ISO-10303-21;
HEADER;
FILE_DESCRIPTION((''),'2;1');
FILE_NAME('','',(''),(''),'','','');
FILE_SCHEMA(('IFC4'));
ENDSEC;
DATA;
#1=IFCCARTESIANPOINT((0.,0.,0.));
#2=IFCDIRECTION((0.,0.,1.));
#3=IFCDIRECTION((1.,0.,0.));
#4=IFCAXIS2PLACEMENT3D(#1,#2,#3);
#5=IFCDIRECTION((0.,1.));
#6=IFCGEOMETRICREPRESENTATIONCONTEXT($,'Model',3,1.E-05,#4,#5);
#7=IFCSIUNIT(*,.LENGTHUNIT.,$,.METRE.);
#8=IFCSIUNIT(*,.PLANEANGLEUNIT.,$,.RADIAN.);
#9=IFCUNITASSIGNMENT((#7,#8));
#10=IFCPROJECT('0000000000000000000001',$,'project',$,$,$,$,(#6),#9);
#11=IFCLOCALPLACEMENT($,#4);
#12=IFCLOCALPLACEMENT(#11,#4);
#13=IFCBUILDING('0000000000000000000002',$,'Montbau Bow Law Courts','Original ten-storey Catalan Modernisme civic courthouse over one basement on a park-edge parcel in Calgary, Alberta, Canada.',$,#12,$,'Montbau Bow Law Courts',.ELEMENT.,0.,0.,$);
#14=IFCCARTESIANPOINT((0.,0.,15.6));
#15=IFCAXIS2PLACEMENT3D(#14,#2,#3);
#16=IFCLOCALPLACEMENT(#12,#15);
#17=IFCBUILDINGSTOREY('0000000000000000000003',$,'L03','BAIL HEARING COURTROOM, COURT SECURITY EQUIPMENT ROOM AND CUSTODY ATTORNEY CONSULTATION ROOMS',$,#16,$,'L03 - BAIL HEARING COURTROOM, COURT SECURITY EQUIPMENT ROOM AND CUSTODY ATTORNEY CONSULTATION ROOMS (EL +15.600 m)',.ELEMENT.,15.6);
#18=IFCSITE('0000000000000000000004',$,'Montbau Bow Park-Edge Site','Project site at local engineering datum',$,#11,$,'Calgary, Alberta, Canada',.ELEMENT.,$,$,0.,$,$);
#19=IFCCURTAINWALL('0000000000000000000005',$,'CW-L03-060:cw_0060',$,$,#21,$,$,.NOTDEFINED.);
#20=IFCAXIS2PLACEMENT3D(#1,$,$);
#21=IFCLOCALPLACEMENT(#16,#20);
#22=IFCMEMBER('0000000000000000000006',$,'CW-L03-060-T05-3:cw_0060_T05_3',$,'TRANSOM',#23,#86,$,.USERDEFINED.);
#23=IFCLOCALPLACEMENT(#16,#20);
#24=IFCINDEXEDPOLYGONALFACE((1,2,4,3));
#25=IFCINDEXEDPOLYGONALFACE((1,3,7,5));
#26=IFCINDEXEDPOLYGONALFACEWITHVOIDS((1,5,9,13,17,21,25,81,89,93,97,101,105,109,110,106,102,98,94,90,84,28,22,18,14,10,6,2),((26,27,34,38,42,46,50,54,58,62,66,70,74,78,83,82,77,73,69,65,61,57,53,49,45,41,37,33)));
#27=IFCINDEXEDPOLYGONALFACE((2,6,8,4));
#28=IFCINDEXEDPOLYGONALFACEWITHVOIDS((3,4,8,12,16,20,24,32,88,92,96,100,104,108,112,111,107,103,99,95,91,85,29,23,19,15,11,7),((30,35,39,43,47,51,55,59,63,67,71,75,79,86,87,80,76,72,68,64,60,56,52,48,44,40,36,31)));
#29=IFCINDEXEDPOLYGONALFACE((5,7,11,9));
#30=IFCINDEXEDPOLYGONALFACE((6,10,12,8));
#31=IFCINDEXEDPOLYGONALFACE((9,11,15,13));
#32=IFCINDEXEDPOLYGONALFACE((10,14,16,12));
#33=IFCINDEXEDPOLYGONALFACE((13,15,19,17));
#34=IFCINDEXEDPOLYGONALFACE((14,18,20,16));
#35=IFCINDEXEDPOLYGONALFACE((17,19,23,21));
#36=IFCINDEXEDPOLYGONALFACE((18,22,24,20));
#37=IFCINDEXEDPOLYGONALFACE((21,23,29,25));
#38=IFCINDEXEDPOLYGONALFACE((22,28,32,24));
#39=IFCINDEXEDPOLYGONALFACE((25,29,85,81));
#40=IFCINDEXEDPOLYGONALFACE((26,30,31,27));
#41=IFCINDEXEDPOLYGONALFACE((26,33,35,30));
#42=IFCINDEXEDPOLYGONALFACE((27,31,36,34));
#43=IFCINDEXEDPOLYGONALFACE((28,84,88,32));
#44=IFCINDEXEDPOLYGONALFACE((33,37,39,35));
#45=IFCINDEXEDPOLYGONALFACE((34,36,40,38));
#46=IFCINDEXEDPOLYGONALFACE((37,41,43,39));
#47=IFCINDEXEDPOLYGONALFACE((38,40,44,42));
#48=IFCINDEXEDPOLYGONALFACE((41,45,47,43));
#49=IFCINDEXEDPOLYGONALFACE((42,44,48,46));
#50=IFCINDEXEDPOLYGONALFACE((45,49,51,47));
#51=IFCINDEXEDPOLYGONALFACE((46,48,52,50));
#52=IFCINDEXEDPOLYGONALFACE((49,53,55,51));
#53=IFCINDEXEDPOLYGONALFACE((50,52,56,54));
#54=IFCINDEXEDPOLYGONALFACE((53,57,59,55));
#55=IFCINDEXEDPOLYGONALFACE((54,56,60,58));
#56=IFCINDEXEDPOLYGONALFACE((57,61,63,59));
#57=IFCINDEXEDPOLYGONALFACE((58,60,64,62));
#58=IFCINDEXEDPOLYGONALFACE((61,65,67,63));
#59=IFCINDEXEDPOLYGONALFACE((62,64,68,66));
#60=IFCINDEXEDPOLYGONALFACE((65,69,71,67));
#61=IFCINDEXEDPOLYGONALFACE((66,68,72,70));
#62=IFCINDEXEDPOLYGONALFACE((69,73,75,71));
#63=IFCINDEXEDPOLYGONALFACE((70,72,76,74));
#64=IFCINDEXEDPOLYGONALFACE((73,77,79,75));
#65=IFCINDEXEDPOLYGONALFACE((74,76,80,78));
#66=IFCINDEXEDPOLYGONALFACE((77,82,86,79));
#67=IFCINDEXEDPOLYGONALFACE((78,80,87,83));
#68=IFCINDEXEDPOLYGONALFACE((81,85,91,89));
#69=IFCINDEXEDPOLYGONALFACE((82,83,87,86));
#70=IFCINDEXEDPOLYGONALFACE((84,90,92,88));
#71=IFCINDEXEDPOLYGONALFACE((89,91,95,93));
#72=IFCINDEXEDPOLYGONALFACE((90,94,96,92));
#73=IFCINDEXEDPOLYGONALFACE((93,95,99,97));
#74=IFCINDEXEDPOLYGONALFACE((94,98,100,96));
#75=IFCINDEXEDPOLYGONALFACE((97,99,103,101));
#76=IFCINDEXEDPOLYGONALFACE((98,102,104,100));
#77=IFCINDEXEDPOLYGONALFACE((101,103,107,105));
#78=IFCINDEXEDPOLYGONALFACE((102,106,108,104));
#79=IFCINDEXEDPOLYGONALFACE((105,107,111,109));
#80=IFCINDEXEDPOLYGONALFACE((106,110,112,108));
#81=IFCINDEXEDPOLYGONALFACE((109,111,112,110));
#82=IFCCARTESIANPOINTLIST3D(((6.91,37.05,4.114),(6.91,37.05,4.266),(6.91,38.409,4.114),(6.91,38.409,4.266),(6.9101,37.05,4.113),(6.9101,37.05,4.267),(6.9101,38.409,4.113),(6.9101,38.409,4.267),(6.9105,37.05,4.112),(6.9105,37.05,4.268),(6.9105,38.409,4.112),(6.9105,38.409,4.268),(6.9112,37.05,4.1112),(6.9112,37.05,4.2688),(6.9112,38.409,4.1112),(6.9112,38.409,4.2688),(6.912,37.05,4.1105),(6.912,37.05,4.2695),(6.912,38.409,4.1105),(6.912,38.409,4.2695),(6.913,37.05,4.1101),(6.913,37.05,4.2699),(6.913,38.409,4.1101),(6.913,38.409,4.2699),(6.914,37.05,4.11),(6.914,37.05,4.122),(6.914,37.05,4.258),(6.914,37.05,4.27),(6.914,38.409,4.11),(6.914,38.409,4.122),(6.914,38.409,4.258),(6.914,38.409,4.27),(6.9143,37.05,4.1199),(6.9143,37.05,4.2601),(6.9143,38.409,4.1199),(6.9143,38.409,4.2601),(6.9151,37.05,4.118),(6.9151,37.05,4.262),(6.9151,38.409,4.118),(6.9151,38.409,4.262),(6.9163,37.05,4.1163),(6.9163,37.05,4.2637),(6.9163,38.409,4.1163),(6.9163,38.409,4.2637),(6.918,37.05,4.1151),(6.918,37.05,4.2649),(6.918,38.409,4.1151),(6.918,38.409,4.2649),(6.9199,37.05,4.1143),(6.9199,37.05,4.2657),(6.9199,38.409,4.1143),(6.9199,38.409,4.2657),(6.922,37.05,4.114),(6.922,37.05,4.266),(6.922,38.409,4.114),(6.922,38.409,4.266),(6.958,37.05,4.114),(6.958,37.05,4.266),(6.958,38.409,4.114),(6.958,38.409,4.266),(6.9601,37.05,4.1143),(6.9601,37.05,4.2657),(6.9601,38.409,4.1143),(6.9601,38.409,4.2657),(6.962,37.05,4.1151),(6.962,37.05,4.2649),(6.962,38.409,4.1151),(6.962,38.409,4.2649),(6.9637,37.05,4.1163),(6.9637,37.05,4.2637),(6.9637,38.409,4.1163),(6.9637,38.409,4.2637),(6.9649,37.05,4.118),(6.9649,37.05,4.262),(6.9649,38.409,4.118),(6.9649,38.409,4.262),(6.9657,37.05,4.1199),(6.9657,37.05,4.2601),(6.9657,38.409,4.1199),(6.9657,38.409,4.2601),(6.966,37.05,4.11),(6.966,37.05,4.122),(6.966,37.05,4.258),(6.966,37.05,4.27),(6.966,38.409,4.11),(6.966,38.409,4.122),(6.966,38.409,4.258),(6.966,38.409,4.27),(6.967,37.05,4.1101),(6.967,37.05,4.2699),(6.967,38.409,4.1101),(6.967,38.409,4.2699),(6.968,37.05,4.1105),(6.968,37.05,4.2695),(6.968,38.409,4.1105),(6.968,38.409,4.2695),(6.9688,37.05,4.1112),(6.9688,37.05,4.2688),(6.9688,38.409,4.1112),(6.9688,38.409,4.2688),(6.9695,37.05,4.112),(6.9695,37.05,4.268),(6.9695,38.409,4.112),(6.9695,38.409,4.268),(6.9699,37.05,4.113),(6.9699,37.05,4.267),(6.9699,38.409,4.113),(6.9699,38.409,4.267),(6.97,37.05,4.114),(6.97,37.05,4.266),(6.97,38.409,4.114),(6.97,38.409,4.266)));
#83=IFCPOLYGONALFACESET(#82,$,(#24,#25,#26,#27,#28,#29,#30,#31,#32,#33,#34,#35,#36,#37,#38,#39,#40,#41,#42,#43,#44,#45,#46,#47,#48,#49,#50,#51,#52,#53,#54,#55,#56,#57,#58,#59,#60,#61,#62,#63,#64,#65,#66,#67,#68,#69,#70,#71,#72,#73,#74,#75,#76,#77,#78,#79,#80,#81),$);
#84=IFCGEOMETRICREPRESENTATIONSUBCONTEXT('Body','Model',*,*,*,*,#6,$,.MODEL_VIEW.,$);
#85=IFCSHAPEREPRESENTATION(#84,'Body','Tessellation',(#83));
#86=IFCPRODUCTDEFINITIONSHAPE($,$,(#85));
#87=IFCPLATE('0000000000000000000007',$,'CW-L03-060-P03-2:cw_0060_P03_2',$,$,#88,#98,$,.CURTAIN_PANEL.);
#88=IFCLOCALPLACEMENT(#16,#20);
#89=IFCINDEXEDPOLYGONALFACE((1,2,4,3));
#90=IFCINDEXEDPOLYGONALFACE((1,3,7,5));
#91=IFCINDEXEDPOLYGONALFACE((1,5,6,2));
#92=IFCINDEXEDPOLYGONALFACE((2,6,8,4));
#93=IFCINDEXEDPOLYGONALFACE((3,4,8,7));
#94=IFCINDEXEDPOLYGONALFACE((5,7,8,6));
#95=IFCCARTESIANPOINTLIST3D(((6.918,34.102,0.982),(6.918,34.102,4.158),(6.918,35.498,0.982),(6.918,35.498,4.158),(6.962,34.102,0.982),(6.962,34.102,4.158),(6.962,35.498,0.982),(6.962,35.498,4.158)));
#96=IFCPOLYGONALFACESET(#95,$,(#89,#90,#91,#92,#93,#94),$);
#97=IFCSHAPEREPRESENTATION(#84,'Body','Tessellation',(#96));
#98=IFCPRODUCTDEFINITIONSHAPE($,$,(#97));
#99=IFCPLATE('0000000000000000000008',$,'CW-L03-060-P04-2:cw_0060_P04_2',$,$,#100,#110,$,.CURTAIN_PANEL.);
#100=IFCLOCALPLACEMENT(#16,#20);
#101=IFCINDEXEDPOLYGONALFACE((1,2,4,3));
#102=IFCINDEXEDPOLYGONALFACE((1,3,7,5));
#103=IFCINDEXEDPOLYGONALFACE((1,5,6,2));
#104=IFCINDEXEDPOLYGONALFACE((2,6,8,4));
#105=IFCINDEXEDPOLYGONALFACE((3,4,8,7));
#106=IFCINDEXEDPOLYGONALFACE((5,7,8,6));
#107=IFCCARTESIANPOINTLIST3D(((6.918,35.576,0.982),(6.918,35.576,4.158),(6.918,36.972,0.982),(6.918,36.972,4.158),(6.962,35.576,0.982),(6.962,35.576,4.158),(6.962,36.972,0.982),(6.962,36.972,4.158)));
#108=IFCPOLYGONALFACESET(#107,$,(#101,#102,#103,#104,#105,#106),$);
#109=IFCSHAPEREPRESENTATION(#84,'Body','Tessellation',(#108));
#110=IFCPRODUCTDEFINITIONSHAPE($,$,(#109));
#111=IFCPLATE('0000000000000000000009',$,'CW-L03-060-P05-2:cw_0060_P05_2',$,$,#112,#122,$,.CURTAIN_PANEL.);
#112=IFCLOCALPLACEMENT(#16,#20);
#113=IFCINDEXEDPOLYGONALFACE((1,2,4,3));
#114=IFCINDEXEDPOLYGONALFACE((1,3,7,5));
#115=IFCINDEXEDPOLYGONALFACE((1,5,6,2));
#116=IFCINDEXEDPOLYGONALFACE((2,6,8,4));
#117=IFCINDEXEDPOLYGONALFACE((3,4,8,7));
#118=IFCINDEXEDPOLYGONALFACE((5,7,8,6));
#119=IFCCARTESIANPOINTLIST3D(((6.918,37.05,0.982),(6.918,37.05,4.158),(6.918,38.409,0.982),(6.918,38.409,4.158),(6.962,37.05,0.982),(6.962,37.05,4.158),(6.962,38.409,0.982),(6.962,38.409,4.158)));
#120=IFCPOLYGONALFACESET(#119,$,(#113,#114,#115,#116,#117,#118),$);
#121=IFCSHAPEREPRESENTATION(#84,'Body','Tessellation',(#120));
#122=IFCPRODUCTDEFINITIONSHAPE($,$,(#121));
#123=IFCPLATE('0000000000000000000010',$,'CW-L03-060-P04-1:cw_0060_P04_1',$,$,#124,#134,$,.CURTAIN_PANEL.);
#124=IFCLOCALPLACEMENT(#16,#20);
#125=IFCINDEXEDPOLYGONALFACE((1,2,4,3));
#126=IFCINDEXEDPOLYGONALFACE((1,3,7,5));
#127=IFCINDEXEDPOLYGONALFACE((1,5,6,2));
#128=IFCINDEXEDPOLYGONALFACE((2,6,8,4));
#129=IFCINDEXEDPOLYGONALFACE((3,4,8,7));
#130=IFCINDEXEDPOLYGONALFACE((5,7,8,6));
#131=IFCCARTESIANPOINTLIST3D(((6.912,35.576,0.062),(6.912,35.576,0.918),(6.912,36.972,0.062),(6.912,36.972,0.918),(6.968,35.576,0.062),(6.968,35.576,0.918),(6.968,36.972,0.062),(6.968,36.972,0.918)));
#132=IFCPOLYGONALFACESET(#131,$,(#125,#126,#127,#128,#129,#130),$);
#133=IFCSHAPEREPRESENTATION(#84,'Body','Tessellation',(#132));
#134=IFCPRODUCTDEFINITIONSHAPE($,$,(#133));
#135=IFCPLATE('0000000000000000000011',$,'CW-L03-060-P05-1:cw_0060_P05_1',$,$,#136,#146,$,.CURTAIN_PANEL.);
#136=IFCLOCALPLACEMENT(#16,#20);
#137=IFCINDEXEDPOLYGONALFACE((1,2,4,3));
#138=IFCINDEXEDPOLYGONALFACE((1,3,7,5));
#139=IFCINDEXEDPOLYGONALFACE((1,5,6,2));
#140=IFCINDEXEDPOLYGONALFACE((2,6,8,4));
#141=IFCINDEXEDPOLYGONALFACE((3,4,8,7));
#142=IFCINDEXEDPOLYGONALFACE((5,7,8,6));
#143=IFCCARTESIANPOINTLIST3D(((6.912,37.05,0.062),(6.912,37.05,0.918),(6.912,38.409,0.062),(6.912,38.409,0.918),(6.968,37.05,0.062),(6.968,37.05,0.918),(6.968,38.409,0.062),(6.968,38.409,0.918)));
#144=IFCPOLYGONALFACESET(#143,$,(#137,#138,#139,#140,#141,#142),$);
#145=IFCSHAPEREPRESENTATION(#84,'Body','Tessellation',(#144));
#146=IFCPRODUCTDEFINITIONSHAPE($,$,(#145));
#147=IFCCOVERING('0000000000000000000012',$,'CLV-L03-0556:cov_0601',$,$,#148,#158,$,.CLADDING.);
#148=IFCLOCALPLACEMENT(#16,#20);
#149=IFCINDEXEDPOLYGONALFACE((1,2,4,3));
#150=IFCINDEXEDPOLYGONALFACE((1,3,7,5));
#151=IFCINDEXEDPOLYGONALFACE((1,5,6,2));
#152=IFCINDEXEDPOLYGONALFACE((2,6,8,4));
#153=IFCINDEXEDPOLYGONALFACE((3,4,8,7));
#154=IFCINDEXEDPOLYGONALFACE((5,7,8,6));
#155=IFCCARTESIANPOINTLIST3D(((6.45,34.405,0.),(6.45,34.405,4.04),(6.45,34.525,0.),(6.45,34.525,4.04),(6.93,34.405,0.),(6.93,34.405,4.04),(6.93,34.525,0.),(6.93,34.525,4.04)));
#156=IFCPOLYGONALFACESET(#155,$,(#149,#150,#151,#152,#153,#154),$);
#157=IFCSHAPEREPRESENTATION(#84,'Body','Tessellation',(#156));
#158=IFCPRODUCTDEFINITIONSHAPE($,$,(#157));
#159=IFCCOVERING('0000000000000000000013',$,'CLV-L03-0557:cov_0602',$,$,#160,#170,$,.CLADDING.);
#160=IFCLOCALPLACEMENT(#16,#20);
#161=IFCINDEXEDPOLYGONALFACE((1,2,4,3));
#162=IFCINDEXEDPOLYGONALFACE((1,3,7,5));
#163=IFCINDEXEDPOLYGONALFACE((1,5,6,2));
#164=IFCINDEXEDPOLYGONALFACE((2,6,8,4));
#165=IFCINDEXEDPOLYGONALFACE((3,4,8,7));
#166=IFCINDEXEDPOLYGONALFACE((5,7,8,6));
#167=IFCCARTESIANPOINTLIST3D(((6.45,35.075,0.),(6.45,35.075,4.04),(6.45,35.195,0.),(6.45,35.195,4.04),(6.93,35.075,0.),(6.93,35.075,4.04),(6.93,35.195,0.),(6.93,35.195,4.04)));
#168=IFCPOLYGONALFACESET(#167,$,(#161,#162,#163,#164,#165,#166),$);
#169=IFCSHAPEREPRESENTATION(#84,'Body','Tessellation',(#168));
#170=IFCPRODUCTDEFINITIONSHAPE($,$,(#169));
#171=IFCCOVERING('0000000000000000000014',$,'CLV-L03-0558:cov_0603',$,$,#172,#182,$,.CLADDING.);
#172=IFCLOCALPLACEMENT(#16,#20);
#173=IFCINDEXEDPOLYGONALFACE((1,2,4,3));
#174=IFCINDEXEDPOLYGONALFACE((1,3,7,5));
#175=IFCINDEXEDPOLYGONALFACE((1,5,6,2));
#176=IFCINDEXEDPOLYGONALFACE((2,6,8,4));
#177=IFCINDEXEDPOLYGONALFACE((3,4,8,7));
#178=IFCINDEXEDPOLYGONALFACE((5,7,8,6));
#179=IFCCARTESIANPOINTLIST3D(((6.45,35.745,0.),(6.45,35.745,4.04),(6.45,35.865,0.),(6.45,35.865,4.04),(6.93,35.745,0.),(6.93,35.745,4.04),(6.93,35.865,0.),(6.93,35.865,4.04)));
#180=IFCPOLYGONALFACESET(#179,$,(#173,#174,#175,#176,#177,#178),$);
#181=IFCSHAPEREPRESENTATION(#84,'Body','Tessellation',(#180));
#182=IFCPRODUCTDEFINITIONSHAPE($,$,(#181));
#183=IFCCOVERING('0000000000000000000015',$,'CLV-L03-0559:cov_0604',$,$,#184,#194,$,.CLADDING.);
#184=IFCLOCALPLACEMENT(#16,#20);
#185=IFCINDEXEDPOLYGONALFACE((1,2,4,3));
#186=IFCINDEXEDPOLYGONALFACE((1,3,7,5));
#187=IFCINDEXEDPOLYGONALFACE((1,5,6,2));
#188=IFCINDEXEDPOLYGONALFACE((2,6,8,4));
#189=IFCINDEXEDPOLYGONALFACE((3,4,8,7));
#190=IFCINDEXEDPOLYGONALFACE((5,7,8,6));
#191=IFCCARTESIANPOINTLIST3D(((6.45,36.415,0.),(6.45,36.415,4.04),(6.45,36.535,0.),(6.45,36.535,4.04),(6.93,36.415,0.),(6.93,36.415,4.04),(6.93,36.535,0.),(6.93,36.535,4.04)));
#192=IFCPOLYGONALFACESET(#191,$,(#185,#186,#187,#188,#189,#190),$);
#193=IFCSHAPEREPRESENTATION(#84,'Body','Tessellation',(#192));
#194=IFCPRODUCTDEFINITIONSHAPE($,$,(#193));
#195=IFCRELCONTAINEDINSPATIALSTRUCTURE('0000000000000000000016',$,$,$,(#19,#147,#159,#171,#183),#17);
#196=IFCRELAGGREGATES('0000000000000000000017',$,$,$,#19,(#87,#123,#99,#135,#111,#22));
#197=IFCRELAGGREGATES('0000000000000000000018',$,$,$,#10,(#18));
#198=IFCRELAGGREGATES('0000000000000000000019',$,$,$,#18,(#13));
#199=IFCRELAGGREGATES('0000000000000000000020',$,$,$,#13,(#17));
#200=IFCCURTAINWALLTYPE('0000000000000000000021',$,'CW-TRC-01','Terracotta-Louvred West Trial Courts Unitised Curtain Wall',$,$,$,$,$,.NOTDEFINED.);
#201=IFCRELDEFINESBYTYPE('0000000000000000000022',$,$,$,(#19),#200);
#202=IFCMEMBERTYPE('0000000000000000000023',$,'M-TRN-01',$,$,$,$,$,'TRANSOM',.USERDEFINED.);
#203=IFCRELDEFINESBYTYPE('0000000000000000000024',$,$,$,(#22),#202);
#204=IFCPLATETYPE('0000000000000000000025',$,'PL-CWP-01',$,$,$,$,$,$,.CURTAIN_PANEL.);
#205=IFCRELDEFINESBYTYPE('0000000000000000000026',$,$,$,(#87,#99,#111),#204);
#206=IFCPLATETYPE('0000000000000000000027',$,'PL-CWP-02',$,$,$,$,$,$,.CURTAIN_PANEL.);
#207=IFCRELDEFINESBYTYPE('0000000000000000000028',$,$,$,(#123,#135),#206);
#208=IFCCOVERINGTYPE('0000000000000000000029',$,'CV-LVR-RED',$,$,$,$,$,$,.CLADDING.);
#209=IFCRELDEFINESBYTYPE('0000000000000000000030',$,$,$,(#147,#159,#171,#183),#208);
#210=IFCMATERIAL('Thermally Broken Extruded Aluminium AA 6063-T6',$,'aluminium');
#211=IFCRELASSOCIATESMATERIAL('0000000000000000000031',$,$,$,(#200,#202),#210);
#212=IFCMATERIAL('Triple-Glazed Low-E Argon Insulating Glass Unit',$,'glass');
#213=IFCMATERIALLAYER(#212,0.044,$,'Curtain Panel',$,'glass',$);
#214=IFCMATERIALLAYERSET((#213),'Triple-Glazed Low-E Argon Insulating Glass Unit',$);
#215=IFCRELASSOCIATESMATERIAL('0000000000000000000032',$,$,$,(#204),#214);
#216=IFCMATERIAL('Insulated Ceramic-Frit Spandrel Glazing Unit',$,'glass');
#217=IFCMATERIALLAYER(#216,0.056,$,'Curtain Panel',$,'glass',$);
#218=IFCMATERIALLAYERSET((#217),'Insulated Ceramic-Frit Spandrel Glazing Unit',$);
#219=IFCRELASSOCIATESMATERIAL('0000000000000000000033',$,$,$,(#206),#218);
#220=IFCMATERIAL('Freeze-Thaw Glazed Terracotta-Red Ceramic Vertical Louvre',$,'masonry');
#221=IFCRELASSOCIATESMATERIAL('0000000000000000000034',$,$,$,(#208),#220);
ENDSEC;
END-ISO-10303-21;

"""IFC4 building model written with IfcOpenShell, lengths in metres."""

from ifc_helpers import new_model, si_unit, direction, frame, frame_2d, origin_with_axes, origin_2d_with_axis, place, context, subcontext, project, spatial, rectangle, hollow_rectangle, extrude, material, layer, layer_set, material_profile, profile_set, type_object, element, aggregate, save


model = new_model("IFC4")

# Units and contexts
model_context = context("Model", 3, precision=1e-05, world=origin_with_axes(), true_north=direction((0.0, 1.0)))
body_context = subcontext(model_context, "Body", "Model", "MODEL_VIEW")
ifc_project = project(units=[si_unit("LENGTHUNIT", "METRE"), si_unit("PLANEANGLEUNIT", "RADIAN")], contexts=[model_context])

# Site, building, storey
site_placement = place(None, origin_with_axes())
site = spatial("IfcSite", under=ifc_project, at=site_placement, Name="Montbau Bow Park-Edge Site", Description="Project site at local engineering datum", LongName="Calgary, Alberta, Canada", CompositionType="ELEMENT", RefElevation=0.0)
building_placement = place(site_placement, origin_with_axes())
building = spatial("IfcBuilding", under=site, at=building_placement, Name="Montbau Bow Law Courts", Description="Original ten-storey Catalan Modernisme civic courthouse over one basement on a park-edge parcel in Calgary, Alberta, Canada.", LongName="Montbau Bow Law Courts", CompositionType="ELEMENT", ElevationOfRefHeight=0.0, ElevationOfTerrain=0.0)
storey_placement = place(building_placement, frame((0.0, 0.0, 15.6), z_axis=(0.0, 0.0, 1.0), x_axis=(1.0, 0.0, 0.0)))
storey = spatial("IfcBuildingStorey", under=building, at=storey_placement, Name="L03", Description="BAIL HEARING COURTROOM, COURT SECURITY EQUIPMENT ROOM AND CUSTODY ATTORNEY CONSULTATION ROOMS", LongName="L03 - BAIL HEARING COURTROOM, COURT SECURITY EQUIPMENT ROOM AND CUSTODY ATTORNEY CONSULTATION ROOMS (EL +15.600 m)", CompositionType="ELEMENT", Elevation=15.6)

# Curtain wall, member, plates
ifc_material_1 = material(Name="Thermally Broken Extruded Aluminium AA 6063-T6", Category="aluminium")
curtain_wall_type = type_object("IfcCurtainWallType", Name="CW-TRC-01", Description="Terracotta-Louvred West Trial Courts Unitised Curtain Wall", PredefinedType="NOTDEFINED", material=ifc_material_1)
curtain_wall_placement = place(None, frame((6.94, 31.115, 15.6), z_axis=(0.0, 0.0, 1.0), x_axis=(1.0, 0.0, 0.0)))
curtain_wall = element("IfcCurtainWall", 1, at=curtain_wall_placement, inside=storey, type_object=curtain_wall_type, Name="CW-L03-060:cw_0060", PredefinedType="NOTDEFINED")
ifc_material_profile_1 = material_profile(ifc_material_1, hollow_rectangle(XDim=0.06, YDim=0.16, WallThickness=0.004, InnerFilletRadius=0.008, OuterFilletRadius=0.004, at=origin_2d_with_axis()), Name="CWT-160X60", Category="Main", Priority=0)
ifc_profile_set_1 = profile_set([ifc_material_profile_1], Name="Thermally Broken Extruded Aluminium AA 6063-T6")
member_type_1 = type_object("IfcMemberType", Name="M-TRN-01", ElementType="TRANSOM", PredefinedType="USERDEFINED", material=ifc_profile_set_1)
member_1_placement = place(None, frame((6.94, 37.05, 19.79), z_axis=(0.0, 1.0, 0.0), x_axis=(-1.0, 0.0, 0.0)))
member_1 = element("IfcMember", 2, at=member_1_placement, type_object=member_type_1, Name="CW-L03-060-T05-3:cw_0060_T05_3", ObjectType="TRANSOM", PredefinedType="USERDEFINED", context=body_context, shape_type="SweptSolid", body=[
    extrude(hollow_rectangle(XDim=0.06, YDim=0.16, WallThickness=0.004, InnerFilletRadius=0.008, OuterFilletRadius=0.004, at=origin_2d_with_axis()), origin_with_axes(), (0.0, 0.0, 1.0), 1.359),
])
ifc_material_2 = material(Name="Triple-Glazed Low-E Argon Insulating Glass Unit", Category="glass")
ifc_layer_1 = layer(ifc_material_2, 0.044, Name="Curtain Panel", Category="glass")
ifc_layer_set_1 = layer_set([ifc_layer_1], Name="Triple-Glazed Low-E Argon Insulating Glass Unit")
plate_type_1 = type_object("IfcPlateType", Name="PL-CWP-01", PredefinedType="CURTAIN_PANEL", material=ifc_layer_set_1)
plate_1_placement = place(None, frame((6.94, 34.102, 16.582), z_axis=(1.0, 0.0, 0.0), x_axis=(0.0, 1.0, 0.0)))
plate_1 = element("IfcPlate", 3, at=plate_1_placement, type_object=plate_type_1, Name="CW-L03-060-P03-2:cw_0060_P03_2", PredefinedType="CURTAIN_PANEL", context=body_context, shape_type="SweptSolid", body=[
    extrude(rectangle(XDim=1.396, YDim=3.176, at=frame_2d((0.698, 1.588), x_axis=(1.0, 0.0))), frame((0.0, 0.0, -0.022), z_axis=(0.0, 0.0, 1.0), x_axis=(1.0, 0.0, 0.0)), (0.0, 0.0, 1.0), 0.044),
])
plate_2_placement = place(None, frame((6.94, 35.576, 16.582), z_axis=(1.0, 0.0, 0.0), x_axis=(0.0, 1.0, 0.0)))
plate_2 = element("IfcPlate", 4, at=plate_2_placement, type_object=plate_type_1, Name="CW-L03-060-P04-2:cw_0060_P04_2", PredefinedType="CURTAIN_PANEL", context=body_context, shape_type="SweptSolid", body=[
    extrude(rectangle(XDim=1.396, YDim=3.176, at=frame_2d((0.698, 1.588), x_axis=(1.0, 0.0))), frame((0.0, 0.0, -0.022), z_axis=(0.0, 0.0, 1.0), x_axis=(1.0, 0.0, 0.0)), (0.0, 0.0, 1.0), 0.044),
])
plate_3_placement = place(None, frame((6.94, 37.05, 16.582), z_axis=(1.0, 0.0, 0.0), x_axis=(0.0, 1.0, 0.0)))
plate_3 = element("IfcPlate", 5, at=plate_3_placement, type_object=plate_type_1, Name="CW-L03-060-P05-2:cw_0060_P05_2", PredefinedType="CURTAIN_PANEL", context=body_context, shape_type="SweptSolid", body=[
    extrude(rectangle(XDim=1.359, YDim=3.176, at=frame_2d((0.6795, 1.588), x_axis=(1.0, 0.0))), frame((0.0, 0.0, -0.022), z_axis=(0.0, 0.0, 1.0), x_axis=(1.0, 0.0, 0.0)), (0.0, 0.0, 1.0), 0.044),
])
ifc_material_3 = material(Name="Insulated Ceramic-Frit Spandrel Glazing Unit", Category="glass")
ifc_layer_2 = layer(ifc_material_3, 0.056, Name="Curtain Panel", Category="glass")
ifc_layer_set_2 = layer_set([ifc_layer_2], Name="Insulated Ceramic-Frit Spandrel Glazing Unit")
plate_type_2 = type_object("IfcPlateType", Name="PL-CWP-02", PredefinedType="CURTAIN_PANEL", material=ifc_layer_set_2)
plate_4_placement = place(None, frame((6.94, 35.576, 15.662), z_axis=(1.0, 0.0, 0.0), x_axis=(0.0, 1.0, 0.0)))
plate_4 = element("IfcPlate", 6, at=plate_4_placement, type_object=plate_type_2, Name="CW-L03-060-P04-1:cw_0060_P04_1", PredefinedType="CURTAIN_PANEL", context=body_context, shape_type="SweptSolid", body=[
    extrude(rectangle(XDim=1.396, YDim=0.856, at=frame_2d((0.698, 0.428), x_axis=(1.0, 0.0))), frame((0.0, 0.0, -0.028), z_axis=(0.0, 0.0, 1.0), x_axis=(1.0, 0.0, 0.0)), (0.0, 0.0, 1.0), 0.056),
])
plate_5_placement = place(None, frame((6.94, 37.05, 15.662), z_axis=(1.0, 0.0, 0.0), x_axis=(0.0, 1.0, 0.0)))
plate_5 = element("IfcPlate", 7, at=plate_5_placement, type_object=plate_type_2, Name="CW-L03-060-P05-1:cw_0060_P05_1", PredefinedType="CURTAIN_PANEL", context=body_context, shape_type="SweptSolid", body=[
    extrude(rectangle(XDim=1.359, YDim=0.856, at=frame_2d((0.6795, 0.428), x_axis=(1.0, 0.0))), frame((0.0, 0.0, -0.028), z_axis=(0.0, 0.0, 1.0), x_axis=(1.0, 0.0, 0.0)), (0.0, 0.0, 1.0), 0.056),
])
aggregate(curtain_wall, [plate_1, plate_4, plate_2, plate_5, plate_3, member_1])

# Coverings
ifc_material_4 = material(Name="Freeze-Thaw Glazed Terracotta-Red Ceramic Vertical Louvre", Category="masonry")
covering_type = type_object("IfcCoveringType", Name="CV-LVR-RED", PredefinedType="CLADDING", material=ifc_material_4)
for number, where, z_axis, x_axis, name in (
    (8, (6.93, 34.465, 15.6), (0.0, 1.0, 0.0), (-1.0, 0.0, 0.0), "CLV-L03-0556:cov_0601"),
    (9, (6.93, 35.135, 15.6), (0.0, 1.0, 0.0), (-1.0, 0.0, 0.0), "CLV-L03-0557:cov_0602"),
    (10, (6.93, 35.805, 15.6), (0.0, 1.0, 0.0), (-1.0, 0.0, 0.0), "CLV-L03-0558:cov_0603"),
    (11, (6.93, 36.475, 15.6), (0.0, 1.0, 0.0), (-1.0, 0.0, 0.0), "CLV-L03-0559:cov_0604"),
):
    element("IfcCovering", number, at=place(None, frame(where, z_axis=z_axis, x_axis=x_axis)), inside=storey, type_object=covering_type, Name=name, PredefinedType="CLADDING", context=body_context, shape_type="SweptSolid", body=[
        extrude(rectangle(XDim=0.48, YDim=4.04, at=frame_2d((0.24, 2.02), x_axis=(1.0, 0.0))), frame((0.0, 0.0, -0.06), z_axis=(0.0, 0.0, 1.0), x_axis=(1.0, 0.0, 0.0)), (0.0, 0.0, 1.0), 0.12),
    ])

save(model, "model.ifc")
